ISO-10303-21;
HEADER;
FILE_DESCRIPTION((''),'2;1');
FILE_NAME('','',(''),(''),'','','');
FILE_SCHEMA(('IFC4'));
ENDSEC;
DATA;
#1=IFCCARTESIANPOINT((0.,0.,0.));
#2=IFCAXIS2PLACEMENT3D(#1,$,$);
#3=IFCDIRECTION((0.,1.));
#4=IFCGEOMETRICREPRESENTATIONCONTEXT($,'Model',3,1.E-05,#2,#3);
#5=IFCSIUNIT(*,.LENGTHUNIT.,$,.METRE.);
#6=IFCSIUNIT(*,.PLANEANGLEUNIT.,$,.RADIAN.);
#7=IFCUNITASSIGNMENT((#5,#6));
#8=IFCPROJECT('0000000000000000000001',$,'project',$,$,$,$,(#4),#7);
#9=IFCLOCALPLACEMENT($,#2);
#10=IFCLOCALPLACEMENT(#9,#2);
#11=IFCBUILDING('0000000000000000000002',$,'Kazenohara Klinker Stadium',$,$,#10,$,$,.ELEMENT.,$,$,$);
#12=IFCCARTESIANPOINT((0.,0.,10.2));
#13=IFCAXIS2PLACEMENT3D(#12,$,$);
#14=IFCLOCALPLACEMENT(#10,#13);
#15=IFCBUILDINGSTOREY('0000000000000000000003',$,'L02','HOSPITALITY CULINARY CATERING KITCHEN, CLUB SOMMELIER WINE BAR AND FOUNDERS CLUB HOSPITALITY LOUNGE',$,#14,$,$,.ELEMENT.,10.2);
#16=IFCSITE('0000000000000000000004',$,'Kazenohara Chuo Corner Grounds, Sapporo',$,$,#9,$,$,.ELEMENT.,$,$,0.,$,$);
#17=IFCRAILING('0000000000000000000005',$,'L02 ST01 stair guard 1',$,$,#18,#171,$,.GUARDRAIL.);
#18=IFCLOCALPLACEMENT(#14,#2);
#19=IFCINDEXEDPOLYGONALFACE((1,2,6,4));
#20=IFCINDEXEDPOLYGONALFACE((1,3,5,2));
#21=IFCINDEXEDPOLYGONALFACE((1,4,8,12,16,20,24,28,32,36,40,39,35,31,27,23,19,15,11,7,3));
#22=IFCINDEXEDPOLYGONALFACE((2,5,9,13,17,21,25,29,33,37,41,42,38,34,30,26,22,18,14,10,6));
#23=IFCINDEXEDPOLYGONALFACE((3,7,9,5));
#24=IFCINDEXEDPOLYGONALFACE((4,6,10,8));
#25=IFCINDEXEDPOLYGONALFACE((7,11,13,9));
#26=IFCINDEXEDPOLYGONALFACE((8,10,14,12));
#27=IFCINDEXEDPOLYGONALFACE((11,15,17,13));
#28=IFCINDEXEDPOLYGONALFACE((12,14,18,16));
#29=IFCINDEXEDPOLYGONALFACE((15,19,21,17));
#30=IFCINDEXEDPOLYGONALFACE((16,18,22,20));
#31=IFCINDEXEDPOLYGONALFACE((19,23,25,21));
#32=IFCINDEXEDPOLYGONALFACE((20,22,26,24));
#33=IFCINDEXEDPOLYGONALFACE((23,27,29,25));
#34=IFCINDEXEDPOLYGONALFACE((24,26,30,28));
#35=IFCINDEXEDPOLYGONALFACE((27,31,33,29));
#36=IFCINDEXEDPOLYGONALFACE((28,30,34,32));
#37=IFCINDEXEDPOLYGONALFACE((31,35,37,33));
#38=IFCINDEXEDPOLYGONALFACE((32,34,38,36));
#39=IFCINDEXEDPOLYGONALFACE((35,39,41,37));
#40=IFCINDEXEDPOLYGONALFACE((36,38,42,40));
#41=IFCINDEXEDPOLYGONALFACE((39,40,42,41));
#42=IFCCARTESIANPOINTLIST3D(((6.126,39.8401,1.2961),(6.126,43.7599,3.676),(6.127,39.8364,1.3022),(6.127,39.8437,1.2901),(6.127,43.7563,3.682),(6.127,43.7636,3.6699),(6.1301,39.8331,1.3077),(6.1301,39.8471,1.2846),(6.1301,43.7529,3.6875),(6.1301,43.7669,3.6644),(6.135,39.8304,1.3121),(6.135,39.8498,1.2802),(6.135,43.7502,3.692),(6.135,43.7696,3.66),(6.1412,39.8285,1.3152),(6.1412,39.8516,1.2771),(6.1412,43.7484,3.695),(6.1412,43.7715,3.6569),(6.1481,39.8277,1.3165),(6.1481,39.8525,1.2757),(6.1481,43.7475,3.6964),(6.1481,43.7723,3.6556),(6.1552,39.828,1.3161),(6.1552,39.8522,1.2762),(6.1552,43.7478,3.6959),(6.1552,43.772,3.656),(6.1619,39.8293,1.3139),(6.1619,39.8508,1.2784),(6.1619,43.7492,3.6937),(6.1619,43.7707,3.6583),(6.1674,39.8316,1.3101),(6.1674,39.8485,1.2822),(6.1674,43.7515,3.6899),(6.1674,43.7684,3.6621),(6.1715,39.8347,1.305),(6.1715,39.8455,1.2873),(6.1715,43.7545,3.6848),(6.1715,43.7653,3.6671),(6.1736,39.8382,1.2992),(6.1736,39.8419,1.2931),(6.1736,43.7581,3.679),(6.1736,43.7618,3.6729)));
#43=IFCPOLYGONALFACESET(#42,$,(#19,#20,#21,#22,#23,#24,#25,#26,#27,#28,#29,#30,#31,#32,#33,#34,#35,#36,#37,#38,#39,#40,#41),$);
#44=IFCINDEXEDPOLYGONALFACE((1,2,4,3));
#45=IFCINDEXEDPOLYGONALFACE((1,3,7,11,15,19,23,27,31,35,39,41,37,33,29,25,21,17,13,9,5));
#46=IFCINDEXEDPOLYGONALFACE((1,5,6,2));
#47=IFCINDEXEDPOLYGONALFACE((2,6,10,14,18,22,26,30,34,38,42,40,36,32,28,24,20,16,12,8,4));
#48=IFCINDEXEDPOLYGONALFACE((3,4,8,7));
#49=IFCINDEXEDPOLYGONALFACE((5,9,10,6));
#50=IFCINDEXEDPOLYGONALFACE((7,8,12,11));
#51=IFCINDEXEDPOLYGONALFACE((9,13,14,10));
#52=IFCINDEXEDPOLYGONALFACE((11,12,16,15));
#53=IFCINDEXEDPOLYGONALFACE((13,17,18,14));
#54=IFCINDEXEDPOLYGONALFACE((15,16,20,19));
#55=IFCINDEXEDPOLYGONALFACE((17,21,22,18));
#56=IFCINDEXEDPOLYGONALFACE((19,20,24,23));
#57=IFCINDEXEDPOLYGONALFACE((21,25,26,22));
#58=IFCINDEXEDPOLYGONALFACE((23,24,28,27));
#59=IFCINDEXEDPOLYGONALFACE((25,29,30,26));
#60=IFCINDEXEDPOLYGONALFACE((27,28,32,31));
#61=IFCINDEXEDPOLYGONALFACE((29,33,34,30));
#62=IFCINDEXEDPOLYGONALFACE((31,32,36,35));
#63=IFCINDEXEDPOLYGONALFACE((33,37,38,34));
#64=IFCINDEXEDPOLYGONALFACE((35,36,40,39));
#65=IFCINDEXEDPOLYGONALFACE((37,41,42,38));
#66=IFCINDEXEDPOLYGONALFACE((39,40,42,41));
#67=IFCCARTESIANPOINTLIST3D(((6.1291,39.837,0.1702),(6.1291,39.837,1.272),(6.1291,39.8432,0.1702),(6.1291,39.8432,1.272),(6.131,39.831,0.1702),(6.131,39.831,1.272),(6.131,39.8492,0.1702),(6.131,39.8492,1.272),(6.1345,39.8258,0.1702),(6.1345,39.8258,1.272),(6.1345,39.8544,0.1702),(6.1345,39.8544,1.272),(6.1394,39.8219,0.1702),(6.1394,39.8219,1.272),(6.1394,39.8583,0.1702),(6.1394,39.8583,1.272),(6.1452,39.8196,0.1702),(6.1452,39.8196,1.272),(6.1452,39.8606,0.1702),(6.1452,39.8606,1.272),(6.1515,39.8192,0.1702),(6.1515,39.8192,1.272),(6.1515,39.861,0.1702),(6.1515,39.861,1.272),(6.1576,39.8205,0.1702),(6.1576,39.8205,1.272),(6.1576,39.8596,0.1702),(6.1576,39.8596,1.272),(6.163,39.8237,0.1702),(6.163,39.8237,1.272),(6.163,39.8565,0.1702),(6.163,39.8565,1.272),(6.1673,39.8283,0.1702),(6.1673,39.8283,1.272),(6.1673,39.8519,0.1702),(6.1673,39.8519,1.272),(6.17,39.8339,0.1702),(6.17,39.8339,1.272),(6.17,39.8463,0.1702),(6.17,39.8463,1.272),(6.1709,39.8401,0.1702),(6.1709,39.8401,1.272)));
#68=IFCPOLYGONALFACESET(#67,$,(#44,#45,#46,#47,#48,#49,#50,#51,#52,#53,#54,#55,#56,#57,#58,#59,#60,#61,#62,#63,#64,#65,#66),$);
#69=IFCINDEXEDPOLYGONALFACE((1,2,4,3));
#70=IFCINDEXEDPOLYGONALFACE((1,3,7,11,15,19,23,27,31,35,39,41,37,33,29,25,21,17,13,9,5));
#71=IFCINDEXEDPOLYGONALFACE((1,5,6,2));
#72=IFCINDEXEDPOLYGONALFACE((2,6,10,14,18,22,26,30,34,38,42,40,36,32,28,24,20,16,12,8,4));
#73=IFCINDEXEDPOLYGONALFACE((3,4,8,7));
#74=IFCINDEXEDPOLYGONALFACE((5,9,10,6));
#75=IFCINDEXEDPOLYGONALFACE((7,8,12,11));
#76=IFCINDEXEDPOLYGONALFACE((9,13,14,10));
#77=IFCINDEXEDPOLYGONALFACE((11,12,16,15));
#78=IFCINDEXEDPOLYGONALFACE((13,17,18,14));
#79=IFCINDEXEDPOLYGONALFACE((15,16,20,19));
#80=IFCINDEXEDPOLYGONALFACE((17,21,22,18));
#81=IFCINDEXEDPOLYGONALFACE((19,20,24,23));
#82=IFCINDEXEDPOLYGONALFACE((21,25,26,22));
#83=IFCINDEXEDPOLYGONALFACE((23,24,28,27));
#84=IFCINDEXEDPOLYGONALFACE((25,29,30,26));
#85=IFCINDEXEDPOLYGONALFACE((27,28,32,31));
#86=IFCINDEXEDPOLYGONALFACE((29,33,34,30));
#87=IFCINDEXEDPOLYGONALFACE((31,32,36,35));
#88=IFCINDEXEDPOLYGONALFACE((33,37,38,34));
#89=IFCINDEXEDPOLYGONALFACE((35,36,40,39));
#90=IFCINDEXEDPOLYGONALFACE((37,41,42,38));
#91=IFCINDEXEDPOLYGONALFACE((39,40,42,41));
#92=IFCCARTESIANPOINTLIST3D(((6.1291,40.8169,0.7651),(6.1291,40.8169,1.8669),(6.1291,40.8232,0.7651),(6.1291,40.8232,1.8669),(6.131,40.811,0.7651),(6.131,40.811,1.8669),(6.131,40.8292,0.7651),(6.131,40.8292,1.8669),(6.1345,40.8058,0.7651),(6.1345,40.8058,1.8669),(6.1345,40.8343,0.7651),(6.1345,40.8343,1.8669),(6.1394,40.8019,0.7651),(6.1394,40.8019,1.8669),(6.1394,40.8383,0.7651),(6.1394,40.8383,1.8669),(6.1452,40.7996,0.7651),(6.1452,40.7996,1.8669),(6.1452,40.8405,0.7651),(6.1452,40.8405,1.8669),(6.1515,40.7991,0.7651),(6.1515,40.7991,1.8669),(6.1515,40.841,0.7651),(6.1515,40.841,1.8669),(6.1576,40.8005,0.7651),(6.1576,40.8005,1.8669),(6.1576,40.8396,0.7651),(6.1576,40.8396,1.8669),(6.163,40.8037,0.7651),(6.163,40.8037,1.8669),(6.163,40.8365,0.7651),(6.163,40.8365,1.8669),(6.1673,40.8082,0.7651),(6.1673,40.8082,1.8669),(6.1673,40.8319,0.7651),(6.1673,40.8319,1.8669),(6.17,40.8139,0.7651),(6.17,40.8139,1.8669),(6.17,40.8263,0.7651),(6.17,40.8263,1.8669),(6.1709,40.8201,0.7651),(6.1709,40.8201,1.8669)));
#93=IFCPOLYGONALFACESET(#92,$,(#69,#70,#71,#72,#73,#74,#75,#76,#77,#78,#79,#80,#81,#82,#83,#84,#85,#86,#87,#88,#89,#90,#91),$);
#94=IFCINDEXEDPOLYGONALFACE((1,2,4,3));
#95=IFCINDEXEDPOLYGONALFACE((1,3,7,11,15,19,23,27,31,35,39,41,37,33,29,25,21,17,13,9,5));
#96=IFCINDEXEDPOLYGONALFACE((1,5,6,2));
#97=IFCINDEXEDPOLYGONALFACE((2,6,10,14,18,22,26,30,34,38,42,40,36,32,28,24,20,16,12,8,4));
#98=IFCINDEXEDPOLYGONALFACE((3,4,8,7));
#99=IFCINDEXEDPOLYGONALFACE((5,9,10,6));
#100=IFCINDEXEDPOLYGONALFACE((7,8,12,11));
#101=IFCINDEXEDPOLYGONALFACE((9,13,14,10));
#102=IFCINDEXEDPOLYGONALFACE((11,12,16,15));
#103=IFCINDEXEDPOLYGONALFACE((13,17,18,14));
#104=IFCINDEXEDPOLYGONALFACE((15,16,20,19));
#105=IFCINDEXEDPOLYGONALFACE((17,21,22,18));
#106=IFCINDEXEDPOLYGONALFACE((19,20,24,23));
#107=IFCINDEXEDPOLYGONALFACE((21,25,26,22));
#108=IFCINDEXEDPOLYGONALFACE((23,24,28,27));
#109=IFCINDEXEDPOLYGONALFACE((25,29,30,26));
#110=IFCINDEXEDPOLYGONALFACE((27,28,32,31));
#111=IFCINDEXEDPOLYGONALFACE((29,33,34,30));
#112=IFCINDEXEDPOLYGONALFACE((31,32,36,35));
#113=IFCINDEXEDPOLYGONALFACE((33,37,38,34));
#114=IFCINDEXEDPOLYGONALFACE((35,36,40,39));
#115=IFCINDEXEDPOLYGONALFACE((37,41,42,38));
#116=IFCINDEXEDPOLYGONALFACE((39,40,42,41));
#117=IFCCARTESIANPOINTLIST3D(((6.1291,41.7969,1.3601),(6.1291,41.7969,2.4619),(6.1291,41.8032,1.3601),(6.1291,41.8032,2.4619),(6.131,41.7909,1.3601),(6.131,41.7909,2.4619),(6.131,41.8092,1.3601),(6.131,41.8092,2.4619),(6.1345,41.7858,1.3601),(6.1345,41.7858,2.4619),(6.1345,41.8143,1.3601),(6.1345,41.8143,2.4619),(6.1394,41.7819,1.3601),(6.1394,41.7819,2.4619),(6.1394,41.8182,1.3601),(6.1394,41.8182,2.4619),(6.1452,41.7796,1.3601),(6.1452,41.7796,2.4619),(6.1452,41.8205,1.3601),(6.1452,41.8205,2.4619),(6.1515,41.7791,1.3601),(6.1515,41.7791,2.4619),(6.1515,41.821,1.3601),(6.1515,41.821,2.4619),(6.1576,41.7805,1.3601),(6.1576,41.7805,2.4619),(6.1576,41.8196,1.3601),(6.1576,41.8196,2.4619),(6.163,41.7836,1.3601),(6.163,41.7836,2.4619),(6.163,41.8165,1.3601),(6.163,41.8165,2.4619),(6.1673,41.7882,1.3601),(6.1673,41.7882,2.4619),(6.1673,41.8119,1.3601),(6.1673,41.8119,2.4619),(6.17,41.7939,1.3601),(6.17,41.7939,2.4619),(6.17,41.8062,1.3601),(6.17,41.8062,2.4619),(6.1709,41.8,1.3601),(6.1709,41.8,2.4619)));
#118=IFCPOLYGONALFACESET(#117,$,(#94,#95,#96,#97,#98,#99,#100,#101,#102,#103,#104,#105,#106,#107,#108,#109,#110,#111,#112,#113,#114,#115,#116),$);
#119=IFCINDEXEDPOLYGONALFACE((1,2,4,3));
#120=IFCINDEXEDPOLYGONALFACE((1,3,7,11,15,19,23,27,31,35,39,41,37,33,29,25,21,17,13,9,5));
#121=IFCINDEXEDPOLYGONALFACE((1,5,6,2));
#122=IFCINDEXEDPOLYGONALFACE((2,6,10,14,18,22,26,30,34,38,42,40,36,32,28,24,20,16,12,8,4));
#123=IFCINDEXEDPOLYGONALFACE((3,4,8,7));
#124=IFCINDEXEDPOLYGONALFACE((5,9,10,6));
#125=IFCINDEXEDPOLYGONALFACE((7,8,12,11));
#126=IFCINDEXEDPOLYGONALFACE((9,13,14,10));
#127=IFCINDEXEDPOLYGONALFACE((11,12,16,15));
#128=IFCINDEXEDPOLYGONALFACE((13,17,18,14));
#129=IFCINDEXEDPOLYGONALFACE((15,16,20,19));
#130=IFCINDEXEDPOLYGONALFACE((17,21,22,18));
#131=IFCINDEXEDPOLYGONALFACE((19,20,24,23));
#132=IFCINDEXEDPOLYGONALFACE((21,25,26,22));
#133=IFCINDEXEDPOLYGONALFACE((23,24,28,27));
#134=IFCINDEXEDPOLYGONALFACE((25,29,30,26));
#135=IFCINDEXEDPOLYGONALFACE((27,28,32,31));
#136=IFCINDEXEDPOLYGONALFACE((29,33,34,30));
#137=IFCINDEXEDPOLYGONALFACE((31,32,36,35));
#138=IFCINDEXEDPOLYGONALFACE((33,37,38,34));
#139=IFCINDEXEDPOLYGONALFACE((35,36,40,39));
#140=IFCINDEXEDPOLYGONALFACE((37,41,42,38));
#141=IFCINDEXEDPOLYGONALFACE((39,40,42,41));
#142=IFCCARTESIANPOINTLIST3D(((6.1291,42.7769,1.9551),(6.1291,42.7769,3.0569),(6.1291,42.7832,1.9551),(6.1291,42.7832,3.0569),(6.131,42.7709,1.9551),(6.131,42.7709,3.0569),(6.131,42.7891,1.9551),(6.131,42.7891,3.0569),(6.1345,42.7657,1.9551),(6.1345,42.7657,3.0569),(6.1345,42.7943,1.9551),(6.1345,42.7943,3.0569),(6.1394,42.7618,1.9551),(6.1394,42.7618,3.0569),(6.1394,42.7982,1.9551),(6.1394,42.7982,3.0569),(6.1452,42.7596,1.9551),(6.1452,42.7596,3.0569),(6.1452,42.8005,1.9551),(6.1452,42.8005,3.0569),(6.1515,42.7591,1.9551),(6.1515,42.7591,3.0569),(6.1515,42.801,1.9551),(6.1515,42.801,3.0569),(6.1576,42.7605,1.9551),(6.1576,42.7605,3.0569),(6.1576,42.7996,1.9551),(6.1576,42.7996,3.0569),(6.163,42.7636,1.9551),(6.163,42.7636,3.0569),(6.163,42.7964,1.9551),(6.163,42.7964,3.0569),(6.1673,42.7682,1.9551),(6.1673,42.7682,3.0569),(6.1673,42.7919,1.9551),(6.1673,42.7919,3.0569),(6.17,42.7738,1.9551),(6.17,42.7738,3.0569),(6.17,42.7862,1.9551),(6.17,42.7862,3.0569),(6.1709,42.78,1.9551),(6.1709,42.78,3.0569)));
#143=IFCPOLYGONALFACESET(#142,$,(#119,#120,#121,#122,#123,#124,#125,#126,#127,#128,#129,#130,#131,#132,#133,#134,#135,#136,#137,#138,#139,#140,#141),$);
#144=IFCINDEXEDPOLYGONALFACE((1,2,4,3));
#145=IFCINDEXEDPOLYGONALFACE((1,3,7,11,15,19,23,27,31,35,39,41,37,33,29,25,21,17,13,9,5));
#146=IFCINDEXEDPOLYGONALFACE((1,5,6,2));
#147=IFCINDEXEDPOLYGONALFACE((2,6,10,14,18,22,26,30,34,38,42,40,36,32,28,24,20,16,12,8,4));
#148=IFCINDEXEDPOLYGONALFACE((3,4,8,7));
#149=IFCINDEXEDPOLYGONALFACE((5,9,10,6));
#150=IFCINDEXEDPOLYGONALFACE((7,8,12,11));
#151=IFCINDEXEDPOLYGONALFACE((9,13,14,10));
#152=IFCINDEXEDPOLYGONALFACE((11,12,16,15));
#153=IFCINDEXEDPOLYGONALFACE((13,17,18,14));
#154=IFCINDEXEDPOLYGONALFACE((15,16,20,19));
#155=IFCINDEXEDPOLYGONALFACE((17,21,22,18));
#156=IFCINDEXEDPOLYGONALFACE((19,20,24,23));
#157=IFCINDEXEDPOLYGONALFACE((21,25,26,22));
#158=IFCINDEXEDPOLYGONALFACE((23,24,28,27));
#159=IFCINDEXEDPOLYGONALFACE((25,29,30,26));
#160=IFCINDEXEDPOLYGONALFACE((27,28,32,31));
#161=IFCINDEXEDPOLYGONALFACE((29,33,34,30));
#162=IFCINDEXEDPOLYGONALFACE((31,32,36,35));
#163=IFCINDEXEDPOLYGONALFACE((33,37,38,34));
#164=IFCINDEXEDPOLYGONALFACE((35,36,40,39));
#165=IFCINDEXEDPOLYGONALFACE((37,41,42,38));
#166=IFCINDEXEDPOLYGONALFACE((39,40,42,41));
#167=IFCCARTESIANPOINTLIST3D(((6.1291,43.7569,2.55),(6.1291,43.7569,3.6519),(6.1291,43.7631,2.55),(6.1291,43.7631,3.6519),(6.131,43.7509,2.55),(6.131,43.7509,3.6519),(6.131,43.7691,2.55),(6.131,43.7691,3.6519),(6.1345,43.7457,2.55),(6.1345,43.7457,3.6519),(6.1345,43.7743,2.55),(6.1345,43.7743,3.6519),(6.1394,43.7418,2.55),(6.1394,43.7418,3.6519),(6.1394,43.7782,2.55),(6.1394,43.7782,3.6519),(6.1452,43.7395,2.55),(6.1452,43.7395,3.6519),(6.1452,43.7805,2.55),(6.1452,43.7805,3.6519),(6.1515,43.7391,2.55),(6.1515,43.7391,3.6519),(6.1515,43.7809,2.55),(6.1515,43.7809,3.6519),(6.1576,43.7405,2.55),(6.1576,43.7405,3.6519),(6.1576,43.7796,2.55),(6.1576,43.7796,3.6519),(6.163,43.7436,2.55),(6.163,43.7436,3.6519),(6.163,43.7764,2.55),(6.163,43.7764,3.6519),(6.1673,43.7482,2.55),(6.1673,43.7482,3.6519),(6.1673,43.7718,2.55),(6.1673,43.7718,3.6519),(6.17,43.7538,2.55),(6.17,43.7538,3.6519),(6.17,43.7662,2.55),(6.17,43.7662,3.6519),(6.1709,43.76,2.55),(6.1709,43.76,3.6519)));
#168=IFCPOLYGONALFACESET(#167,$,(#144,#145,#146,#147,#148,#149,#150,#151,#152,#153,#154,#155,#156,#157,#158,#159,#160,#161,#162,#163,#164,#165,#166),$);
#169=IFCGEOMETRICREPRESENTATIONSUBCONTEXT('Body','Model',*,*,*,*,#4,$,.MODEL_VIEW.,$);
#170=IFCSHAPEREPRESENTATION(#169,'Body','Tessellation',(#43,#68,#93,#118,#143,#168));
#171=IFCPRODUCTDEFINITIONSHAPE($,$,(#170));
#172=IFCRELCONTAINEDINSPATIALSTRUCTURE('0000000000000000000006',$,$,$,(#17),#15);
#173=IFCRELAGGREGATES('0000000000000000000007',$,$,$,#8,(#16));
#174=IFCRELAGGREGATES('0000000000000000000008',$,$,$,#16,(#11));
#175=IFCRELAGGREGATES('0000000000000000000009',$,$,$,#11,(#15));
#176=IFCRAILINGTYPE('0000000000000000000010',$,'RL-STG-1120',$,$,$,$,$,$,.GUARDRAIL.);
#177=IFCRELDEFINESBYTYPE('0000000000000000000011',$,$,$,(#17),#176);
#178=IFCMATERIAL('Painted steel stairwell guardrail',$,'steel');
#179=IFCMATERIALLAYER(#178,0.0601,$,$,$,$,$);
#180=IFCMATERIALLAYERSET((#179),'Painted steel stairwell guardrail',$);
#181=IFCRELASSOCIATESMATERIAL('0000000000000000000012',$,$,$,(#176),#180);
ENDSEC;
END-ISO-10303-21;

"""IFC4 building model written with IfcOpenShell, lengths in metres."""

from ifc_helpers import new_model, si_unit, direction, frame, origin, origin_2d, place, context, subcontext, project, spatial, circle, extrude, material, layer, layer_set, type_object, element, save


model = new_model("IFC4")

# Units and contexts
model_context = context("Model", 3, precision=1e-05, world=origin(), true_north=direction((0.0, 1.0)))
body_context = subcontext(model_context, "Body", "Model", "MODEL_VIEW")
ifc_project = project(units=[si_unit("LENGTHUNIT", "METRE"), si_unit("PLANEANGLEUNIT", "RADIAN")], contexts=[model_context])

# Site, building, storey
site_placement = place(None, origin())
site = spatial("IfcSite", under=ifc_project, at=site_placement, Name="Kazenohara Chuo Corner Grounds, Sapporo", CompositionType="ELEMENT", RefElevation=0.0)
building_placement = place(site_placement, origin())
building = spatial("IfcBuilding", under=site, at=building_placement, Name="Kazenohara Klinker Stadium", CompositionType="ELEMENT")
storey_placement = place(building_placement, frame((0.0, 0.0, 10.2)))
storey = spatial("IfcBuildingStorey", under=building, at=storey_placement, Name="L02", Description="HOSPITALITY CULINARY CATERING KITCHEN, CLUB SOMMELIER WINE BAR AND FOUNDERS CLUB HOSPITALITY LOUNGE", CompositionType="ELEMENT", Elevation=10.2)

# Railing
ifc_material_1 = material(Name="Painted steel stairwell guardrail", Category="steel")
ifc_layer_1 = layer(ifc_material_1, 0.0601)
ifc_layer_set_1 = layer_set([ifc_layer_1], Name="Painted steel stairwell guardrail")
railing_type_1 = type_object("IfcRailingType", Name="RL-STG-1120", PredefinedType="GUARDRAIL", material=ifc_layer_set_1)
railing_1_placement = place(storey_placement, frame((6.1499, 39.8401, 0.1702)))
element("IfcRailing", 1, at=railing_1_placement, inside=storey, type_object=railing_type_1, Name="L02 ST01 stair guard 1", PredefinedType="GUARDRAIL", context=body_context, shape_type="SweptSolid", body=[
    extrude(circle(Radius=0.0239, at=origin_2d()), frame((0.0, 0.0, 1.126), z_axis=(0.0, 0.854794, 0.518967), x_axis=(-1.0, 0.0, 0.0)), (0.0, 0.0, 1.0), 4.5857),
    extrude(circle(Radius=0.021, at=origin_2d()), origin(), (0.0, 0.0, 1.0), 1.1018),
    extrude(circle(Radius=0.021, at=origin_2d()), frame((0.0, 0.98, 0.595)), (0.0, 0.0, 1.0), 1.1018),
    extrude(circle(Radius=0.021, at=origin_2d()), frame((0.0, 1.96, 1.1899)), (0.0, 0.0, 1.0), 1.1018),
    extrude(circle(Radius=0.021, at=origin_2d()), frame((0.0, 2.9399, 1.7849)), (0.0, 0.0, 1.0), 1.1018),
    extrude(circle(Radius=0.021, at=origin_2d()), frame((0.0, 3.9199, 2.3799)), (0.0, 0.0, 1.0), 1.1018),
])

save(model, "model.ifc")
